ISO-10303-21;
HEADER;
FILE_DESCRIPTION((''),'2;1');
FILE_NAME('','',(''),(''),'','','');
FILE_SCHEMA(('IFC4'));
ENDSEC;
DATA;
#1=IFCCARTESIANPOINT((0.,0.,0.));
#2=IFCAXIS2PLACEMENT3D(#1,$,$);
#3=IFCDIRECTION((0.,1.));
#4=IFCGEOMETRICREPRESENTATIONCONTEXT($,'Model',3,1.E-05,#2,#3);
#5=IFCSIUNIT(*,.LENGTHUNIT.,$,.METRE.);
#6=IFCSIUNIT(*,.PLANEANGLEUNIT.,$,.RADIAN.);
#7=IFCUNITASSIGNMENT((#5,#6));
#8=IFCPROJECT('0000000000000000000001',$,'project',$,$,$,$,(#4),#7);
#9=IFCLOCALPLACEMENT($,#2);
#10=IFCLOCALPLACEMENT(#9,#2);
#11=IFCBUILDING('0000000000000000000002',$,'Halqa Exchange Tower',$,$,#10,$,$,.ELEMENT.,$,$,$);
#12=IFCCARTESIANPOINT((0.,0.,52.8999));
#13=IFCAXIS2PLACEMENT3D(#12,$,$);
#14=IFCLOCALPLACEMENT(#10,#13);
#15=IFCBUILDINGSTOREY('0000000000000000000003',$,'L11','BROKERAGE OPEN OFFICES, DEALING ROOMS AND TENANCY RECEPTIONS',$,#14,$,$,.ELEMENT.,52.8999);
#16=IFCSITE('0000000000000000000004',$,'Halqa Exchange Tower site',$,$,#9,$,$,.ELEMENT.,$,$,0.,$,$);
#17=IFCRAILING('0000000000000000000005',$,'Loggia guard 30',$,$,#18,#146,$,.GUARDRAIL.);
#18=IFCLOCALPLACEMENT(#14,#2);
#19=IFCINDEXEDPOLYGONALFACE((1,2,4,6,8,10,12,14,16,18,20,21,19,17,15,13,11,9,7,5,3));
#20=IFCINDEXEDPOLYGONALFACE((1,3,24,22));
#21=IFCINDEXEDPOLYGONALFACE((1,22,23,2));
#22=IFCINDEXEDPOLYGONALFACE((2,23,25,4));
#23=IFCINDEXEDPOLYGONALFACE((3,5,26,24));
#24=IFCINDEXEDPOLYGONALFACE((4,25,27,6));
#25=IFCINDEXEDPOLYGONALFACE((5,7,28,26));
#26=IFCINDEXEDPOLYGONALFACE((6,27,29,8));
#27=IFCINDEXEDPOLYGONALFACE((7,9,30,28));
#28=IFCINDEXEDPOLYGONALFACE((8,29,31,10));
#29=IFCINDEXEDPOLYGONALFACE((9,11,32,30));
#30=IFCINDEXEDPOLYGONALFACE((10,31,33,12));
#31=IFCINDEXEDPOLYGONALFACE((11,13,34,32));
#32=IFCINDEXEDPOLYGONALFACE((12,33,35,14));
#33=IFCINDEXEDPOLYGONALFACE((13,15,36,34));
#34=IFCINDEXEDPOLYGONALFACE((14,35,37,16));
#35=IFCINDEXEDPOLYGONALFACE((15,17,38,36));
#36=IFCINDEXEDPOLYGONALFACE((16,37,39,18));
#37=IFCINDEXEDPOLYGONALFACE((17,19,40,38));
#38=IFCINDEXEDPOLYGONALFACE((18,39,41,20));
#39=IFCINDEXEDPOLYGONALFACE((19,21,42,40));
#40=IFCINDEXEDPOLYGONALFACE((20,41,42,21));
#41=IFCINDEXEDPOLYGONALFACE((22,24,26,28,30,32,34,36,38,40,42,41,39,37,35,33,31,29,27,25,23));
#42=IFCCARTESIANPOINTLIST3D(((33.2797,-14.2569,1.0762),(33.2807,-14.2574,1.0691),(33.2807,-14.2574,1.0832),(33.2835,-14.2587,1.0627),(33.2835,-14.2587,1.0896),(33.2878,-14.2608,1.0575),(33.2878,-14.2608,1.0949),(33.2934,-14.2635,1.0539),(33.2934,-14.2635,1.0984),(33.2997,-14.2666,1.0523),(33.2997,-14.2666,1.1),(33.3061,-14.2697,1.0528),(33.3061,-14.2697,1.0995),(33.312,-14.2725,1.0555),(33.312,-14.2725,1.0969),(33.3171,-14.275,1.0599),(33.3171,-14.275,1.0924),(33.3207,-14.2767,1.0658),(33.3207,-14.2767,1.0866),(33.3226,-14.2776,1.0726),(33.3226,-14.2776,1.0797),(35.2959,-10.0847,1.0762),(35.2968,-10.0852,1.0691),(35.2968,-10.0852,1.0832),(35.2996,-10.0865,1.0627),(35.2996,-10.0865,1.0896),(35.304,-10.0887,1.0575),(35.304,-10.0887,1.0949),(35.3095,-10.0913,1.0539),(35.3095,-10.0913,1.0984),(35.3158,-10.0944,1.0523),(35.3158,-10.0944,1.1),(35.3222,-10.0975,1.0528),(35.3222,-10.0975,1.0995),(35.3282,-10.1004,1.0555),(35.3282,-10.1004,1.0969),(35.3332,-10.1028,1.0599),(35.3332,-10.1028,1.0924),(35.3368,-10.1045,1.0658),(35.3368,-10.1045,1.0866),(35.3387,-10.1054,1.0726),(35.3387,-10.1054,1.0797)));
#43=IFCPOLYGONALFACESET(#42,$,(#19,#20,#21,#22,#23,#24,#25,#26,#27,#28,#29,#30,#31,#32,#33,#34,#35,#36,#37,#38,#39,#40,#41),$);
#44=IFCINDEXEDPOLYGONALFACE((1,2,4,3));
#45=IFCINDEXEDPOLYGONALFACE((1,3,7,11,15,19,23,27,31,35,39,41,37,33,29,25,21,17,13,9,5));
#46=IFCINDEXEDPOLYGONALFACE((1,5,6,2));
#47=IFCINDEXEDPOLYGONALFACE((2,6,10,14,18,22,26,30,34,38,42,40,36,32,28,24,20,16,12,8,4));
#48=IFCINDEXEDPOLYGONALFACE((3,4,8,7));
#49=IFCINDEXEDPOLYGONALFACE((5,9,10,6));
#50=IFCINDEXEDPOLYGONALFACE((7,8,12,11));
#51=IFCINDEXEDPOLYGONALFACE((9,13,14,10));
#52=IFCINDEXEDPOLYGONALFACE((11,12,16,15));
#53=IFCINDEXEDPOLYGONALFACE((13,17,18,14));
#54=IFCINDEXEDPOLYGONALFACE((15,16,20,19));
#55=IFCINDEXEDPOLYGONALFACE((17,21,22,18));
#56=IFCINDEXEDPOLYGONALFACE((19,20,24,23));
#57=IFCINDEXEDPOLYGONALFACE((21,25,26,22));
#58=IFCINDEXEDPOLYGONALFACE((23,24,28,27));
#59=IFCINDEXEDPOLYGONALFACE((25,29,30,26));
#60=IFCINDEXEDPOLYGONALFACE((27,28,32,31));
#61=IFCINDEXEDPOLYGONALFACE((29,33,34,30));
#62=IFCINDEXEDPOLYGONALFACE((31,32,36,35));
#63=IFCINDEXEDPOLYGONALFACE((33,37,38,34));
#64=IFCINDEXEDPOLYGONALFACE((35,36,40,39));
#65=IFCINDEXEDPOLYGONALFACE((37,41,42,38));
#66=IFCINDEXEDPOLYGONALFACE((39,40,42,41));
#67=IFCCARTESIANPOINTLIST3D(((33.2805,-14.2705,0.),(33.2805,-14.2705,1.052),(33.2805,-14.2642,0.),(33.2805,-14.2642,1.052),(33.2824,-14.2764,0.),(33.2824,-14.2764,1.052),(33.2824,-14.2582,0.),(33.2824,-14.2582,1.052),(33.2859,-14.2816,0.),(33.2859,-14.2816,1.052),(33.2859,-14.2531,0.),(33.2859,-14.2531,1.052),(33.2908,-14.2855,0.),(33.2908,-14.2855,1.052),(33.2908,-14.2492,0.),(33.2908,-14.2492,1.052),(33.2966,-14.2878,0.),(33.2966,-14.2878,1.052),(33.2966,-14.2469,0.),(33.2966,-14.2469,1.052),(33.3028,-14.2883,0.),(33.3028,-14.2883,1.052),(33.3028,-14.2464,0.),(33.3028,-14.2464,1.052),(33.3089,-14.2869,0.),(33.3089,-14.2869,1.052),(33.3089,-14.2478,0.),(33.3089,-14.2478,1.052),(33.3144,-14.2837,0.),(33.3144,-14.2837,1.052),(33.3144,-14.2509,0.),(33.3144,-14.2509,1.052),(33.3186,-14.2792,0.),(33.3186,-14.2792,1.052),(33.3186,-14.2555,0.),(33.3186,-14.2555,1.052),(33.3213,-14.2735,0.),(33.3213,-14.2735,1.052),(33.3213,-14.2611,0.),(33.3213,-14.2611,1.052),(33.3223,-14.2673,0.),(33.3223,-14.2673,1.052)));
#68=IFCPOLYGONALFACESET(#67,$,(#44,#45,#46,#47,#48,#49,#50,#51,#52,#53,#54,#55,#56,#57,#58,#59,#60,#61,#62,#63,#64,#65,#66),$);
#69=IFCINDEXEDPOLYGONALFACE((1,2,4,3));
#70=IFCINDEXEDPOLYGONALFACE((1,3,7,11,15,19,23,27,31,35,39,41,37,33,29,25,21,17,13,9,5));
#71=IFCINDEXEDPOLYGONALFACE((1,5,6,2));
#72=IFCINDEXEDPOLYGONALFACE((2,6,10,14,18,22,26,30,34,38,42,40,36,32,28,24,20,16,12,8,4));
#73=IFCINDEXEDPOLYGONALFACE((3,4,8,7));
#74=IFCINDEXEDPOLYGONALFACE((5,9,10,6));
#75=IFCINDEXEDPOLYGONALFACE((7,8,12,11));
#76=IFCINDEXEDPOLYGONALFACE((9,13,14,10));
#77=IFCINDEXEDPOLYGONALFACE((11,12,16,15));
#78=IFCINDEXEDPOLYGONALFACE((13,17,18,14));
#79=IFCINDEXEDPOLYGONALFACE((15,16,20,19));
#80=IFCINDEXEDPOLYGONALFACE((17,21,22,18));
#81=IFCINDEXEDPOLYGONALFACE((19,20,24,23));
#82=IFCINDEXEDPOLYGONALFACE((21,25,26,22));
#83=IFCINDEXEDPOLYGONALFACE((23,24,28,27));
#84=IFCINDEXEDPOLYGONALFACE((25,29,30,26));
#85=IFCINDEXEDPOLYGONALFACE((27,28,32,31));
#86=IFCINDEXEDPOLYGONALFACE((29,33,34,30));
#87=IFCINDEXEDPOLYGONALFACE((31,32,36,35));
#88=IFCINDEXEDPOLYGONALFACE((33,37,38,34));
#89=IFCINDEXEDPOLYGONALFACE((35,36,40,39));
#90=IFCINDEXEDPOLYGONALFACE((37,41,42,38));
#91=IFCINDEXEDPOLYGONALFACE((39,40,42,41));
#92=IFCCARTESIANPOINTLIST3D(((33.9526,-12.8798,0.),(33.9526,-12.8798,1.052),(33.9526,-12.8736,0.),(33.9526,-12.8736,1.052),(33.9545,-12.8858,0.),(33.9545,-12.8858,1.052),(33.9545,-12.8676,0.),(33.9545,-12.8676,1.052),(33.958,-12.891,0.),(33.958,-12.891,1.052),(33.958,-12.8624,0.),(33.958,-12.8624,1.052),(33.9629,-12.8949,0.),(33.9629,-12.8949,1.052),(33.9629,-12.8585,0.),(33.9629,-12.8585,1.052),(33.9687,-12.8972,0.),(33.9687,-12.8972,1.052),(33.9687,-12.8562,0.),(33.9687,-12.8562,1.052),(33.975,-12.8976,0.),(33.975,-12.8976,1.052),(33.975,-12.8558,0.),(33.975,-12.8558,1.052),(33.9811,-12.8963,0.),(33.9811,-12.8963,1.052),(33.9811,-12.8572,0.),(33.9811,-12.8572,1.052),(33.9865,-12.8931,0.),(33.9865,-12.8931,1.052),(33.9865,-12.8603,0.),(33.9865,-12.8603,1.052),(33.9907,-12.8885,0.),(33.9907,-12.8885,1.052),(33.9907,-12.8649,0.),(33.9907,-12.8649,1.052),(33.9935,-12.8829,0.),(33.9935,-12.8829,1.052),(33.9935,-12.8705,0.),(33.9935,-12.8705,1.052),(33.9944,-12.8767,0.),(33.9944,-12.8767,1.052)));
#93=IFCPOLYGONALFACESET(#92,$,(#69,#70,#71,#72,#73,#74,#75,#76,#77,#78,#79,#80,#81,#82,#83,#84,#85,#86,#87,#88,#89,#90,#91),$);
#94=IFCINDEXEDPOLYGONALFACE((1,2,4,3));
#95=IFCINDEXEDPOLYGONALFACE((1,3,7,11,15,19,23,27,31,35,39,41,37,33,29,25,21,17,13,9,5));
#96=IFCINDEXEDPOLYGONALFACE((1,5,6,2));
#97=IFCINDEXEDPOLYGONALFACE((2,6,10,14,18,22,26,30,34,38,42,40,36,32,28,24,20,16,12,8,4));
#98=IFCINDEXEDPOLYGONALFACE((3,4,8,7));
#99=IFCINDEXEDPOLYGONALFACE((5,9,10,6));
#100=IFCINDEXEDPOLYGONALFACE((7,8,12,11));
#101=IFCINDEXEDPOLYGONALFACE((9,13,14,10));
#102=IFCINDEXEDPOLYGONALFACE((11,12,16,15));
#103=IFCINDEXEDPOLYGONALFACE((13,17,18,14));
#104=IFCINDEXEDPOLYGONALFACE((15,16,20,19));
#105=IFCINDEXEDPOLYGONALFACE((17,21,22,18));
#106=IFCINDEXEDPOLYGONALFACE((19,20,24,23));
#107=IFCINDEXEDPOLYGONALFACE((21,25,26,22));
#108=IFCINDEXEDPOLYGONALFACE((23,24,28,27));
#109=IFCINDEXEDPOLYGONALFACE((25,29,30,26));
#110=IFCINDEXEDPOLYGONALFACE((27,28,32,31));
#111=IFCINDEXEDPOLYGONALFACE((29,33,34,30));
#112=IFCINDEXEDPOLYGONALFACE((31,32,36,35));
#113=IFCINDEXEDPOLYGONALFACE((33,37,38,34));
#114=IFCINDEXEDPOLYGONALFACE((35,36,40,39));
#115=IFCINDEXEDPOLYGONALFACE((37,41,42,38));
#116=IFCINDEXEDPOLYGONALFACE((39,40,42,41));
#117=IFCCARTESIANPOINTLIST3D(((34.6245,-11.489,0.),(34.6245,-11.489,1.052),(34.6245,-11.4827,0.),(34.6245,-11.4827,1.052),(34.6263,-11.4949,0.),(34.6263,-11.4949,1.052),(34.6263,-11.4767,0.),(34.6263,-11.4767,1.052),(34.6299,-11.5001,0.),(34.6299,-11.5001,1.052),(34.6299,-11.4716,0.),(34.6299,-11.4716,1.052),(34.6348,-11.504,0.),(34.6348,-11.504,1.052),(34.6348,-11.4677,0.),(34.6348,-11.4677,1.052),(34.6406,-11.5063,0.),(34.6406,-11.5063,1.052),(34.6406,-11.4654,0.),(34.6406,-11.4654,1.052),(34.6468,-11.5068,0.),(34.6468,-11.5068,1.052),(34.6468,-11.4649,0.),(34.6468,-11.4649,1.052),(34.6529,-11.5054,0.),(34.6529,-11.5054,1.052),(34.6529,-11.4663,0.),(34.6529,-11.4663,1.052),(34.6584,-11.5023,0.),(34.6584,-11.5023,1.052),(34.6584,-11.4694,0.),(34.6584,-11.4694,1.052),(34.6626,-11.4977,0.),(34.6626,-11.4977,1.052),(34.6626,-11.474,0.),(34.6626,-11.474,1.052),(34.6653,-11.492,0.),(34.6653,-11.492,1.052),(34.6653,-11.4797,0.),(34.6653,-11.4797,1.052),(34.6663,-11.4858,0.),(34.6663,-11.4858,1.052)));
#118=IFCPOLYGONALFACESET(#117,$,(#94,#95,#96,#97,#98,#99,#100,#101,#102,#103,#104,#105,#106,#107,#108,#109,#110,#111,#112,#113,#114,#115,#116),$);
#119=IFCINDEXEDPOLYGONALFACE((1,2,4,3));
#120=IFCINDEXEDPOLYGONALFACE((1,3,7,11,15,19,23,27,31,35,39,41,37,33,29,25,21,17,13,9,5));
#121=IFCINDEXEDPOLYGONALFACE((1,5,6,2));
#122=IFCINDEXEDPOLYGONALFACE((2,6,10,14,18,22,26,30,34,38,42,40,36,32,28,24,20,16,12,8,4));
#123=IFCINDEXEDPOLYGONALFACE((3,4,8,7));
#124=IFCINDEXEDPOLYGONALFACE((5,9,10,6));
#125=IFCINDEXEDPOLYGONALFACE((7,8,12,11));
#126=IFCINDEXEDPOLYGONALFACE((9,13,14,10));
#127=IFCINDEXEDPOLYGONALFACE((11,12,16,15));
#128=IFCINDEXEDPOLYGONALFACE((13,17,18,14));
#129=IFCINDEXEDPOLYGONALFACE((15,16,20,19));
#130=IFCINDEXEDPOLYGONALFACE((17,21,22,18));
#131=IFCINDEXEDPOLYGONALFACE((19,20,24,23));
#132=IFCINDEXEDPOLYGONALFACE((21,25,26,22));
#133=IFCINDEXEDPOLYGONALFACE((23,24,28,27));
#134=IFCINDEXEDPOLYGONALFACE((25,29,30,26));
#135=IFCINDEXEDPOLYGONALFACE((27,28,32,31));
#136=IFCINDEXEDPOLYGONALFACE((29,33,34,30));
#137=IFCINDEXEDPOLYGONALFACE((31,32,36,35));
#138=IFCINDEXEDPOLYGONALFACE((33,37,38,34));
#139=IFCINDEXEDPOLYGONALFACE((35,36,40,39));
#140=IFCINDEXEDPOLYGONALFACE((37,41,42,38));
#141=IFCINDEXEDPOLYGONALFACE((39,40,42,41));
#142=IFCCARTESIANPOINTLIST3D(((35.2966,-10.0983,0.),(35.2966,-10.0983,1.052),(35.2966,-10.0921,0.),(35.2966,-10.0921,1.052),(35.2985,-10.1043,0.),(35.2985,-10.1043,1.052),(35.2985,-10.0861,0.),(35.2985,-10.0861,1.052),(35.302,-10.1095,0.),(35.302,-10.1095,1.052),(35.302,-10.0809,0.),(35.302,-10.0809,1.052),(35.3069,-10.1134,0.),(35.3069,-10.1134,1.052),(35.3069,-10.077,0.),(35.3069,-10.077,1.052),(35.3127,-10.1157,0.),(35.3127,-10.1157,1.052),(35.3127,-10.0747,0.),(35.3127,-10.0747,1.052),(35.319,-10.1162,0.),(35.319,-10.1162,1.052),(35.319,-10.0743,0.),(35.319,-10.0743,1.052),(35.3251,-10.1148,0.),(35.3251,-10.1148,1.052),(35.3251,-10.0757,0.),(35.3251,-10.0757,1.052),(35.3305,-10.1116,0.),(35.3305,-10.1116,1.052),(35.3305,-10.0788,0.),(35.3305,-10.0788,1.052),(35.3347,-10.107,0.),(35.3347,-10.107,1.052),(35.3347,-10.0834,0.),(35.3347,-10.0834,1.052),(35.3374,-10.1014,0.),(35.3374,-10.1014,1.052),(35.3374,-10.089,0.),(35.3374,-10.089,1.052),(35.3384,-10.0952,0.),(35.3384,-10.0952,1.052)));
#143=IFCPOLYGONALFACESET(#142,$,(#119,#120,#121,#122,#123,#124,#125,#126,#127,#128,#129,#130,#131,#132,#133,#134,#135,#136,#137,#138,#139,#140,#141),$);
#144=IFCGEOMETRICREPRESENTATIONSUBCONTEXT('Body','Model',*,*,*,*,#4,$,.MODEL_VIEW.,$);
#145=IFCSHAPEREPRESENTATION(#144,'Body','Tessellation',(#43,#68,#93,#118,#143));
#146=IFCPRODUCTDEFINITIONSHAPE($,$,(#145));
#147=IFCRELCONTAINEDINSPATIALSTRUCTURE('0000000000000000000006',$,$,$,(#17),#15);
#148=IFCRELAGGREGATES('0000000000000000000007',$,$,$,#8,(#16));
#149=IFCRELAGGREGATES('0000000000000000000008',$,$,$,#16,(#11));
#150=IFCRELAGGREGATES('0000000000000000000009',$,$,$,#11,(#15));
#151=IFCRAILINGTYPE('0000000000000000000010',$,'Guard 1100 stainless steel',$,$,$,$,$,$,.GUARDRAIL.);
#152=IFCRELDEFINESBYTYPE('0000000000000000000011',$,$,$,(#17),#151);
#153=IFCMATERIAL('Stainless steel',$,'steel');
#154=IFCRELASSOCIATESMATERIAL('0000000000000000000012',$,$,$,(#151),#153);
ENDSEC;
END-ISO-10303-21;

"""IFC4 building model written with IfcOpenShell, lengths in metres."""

from ifc_helpers import new_model, si_unit, direction, frame, origin, origin_2d, place, context, subcontext, project, spatial, circle, extrude, material, type_object, element, save


model = new_model("IFC4")

# Units and contexts
model_context = context("Model", 3, precision=1e-05, world=origin(), true_north=direction((0.0, 1.0)))
body_context = subcontext(model_context, "Body", "Model", "MODEL_VIEW")
ifc_project = project(units=[si_unit("LENGTHUNIT", "METRE"), si_unit("PLANEANGLEUNIT", "RADIAN")], contexts=[model_context])

# Site, building, storey
site_placement = place(None, origin())
site = spatial("IfcSite", under=ifc_project, at=site_placement, Name="Halqa Exchange Tower site", CompositionType="ELEMENT", RefElevation=0.0)
building_placement = place(site_placement, origin())
building = spatial("IfcBuilding", under=site, at=building_placement, Name="Halqa Exchange Tower", CompositionType="ELEMENT")
storey_placement = place(building_placement, frame((0.0, 0.0, 52.8999)))
storey = spatial("IfcBuildingStorey", under=building, at=storey_placement, Name="L11", Description="BROKERAGE OPEN OFFICES, DEALING ROOMS AND TENANCY RECEPTIONS", CompositionType="ELEMENT", Elevation=52.8999)

# Railing
ifc_material_1 = material(Name="Stainless steel", Category="steel")
railing_type = type_object("IfcRailingType", Name="Guard 1100 stainless steel", PredefinedType="GUARDRAIL", material=ifc_material_1)
railing_1_placement = place(storey_placement, frame((33.3013, -14.2673, 0.0)))
element("IfcRailing", 1, at=railing_1_placement, inside=storey, type_object=railing_type, Name="Loggia guard 30", PredefinedType="GUARDRAIL", context=body_context, shape_type="SweptSolid", body=[
    extrude(circle(Radius=0.0239, at=origin_2d()), frame((0.0, 0.0, 1.0762), z_axis=(0.435097, 0.900384, 0.0), x_axis=(-0.900384, 0.435097, 0.0)), (0.0, 0.0, 1.0), 4.6338),
    extrude(circle(Radius=0.021, at=origin_2d()), origin(), (0.0, 0.0, 1.0), 1.052),
    extrude(circle(Radius=0.021, at=origin_2d()), frame((0.6721, 1.3906, 0.0)), (0.0, 0.0, 1.0), 1.052),
    extrude(circle(Radius=0.021, at=origin_2d()), frame((1.344, 2.7815, 0.0)), (0.0, 0.0, 1.0), 1.052),
    extrude(circle(Radius=0.021, at=origin_2d()), frame((2.0161, 4.1721, 0.0)), (0.0, 0.0, 1.0), 1.052),
])

save(model, "model.ifc")
